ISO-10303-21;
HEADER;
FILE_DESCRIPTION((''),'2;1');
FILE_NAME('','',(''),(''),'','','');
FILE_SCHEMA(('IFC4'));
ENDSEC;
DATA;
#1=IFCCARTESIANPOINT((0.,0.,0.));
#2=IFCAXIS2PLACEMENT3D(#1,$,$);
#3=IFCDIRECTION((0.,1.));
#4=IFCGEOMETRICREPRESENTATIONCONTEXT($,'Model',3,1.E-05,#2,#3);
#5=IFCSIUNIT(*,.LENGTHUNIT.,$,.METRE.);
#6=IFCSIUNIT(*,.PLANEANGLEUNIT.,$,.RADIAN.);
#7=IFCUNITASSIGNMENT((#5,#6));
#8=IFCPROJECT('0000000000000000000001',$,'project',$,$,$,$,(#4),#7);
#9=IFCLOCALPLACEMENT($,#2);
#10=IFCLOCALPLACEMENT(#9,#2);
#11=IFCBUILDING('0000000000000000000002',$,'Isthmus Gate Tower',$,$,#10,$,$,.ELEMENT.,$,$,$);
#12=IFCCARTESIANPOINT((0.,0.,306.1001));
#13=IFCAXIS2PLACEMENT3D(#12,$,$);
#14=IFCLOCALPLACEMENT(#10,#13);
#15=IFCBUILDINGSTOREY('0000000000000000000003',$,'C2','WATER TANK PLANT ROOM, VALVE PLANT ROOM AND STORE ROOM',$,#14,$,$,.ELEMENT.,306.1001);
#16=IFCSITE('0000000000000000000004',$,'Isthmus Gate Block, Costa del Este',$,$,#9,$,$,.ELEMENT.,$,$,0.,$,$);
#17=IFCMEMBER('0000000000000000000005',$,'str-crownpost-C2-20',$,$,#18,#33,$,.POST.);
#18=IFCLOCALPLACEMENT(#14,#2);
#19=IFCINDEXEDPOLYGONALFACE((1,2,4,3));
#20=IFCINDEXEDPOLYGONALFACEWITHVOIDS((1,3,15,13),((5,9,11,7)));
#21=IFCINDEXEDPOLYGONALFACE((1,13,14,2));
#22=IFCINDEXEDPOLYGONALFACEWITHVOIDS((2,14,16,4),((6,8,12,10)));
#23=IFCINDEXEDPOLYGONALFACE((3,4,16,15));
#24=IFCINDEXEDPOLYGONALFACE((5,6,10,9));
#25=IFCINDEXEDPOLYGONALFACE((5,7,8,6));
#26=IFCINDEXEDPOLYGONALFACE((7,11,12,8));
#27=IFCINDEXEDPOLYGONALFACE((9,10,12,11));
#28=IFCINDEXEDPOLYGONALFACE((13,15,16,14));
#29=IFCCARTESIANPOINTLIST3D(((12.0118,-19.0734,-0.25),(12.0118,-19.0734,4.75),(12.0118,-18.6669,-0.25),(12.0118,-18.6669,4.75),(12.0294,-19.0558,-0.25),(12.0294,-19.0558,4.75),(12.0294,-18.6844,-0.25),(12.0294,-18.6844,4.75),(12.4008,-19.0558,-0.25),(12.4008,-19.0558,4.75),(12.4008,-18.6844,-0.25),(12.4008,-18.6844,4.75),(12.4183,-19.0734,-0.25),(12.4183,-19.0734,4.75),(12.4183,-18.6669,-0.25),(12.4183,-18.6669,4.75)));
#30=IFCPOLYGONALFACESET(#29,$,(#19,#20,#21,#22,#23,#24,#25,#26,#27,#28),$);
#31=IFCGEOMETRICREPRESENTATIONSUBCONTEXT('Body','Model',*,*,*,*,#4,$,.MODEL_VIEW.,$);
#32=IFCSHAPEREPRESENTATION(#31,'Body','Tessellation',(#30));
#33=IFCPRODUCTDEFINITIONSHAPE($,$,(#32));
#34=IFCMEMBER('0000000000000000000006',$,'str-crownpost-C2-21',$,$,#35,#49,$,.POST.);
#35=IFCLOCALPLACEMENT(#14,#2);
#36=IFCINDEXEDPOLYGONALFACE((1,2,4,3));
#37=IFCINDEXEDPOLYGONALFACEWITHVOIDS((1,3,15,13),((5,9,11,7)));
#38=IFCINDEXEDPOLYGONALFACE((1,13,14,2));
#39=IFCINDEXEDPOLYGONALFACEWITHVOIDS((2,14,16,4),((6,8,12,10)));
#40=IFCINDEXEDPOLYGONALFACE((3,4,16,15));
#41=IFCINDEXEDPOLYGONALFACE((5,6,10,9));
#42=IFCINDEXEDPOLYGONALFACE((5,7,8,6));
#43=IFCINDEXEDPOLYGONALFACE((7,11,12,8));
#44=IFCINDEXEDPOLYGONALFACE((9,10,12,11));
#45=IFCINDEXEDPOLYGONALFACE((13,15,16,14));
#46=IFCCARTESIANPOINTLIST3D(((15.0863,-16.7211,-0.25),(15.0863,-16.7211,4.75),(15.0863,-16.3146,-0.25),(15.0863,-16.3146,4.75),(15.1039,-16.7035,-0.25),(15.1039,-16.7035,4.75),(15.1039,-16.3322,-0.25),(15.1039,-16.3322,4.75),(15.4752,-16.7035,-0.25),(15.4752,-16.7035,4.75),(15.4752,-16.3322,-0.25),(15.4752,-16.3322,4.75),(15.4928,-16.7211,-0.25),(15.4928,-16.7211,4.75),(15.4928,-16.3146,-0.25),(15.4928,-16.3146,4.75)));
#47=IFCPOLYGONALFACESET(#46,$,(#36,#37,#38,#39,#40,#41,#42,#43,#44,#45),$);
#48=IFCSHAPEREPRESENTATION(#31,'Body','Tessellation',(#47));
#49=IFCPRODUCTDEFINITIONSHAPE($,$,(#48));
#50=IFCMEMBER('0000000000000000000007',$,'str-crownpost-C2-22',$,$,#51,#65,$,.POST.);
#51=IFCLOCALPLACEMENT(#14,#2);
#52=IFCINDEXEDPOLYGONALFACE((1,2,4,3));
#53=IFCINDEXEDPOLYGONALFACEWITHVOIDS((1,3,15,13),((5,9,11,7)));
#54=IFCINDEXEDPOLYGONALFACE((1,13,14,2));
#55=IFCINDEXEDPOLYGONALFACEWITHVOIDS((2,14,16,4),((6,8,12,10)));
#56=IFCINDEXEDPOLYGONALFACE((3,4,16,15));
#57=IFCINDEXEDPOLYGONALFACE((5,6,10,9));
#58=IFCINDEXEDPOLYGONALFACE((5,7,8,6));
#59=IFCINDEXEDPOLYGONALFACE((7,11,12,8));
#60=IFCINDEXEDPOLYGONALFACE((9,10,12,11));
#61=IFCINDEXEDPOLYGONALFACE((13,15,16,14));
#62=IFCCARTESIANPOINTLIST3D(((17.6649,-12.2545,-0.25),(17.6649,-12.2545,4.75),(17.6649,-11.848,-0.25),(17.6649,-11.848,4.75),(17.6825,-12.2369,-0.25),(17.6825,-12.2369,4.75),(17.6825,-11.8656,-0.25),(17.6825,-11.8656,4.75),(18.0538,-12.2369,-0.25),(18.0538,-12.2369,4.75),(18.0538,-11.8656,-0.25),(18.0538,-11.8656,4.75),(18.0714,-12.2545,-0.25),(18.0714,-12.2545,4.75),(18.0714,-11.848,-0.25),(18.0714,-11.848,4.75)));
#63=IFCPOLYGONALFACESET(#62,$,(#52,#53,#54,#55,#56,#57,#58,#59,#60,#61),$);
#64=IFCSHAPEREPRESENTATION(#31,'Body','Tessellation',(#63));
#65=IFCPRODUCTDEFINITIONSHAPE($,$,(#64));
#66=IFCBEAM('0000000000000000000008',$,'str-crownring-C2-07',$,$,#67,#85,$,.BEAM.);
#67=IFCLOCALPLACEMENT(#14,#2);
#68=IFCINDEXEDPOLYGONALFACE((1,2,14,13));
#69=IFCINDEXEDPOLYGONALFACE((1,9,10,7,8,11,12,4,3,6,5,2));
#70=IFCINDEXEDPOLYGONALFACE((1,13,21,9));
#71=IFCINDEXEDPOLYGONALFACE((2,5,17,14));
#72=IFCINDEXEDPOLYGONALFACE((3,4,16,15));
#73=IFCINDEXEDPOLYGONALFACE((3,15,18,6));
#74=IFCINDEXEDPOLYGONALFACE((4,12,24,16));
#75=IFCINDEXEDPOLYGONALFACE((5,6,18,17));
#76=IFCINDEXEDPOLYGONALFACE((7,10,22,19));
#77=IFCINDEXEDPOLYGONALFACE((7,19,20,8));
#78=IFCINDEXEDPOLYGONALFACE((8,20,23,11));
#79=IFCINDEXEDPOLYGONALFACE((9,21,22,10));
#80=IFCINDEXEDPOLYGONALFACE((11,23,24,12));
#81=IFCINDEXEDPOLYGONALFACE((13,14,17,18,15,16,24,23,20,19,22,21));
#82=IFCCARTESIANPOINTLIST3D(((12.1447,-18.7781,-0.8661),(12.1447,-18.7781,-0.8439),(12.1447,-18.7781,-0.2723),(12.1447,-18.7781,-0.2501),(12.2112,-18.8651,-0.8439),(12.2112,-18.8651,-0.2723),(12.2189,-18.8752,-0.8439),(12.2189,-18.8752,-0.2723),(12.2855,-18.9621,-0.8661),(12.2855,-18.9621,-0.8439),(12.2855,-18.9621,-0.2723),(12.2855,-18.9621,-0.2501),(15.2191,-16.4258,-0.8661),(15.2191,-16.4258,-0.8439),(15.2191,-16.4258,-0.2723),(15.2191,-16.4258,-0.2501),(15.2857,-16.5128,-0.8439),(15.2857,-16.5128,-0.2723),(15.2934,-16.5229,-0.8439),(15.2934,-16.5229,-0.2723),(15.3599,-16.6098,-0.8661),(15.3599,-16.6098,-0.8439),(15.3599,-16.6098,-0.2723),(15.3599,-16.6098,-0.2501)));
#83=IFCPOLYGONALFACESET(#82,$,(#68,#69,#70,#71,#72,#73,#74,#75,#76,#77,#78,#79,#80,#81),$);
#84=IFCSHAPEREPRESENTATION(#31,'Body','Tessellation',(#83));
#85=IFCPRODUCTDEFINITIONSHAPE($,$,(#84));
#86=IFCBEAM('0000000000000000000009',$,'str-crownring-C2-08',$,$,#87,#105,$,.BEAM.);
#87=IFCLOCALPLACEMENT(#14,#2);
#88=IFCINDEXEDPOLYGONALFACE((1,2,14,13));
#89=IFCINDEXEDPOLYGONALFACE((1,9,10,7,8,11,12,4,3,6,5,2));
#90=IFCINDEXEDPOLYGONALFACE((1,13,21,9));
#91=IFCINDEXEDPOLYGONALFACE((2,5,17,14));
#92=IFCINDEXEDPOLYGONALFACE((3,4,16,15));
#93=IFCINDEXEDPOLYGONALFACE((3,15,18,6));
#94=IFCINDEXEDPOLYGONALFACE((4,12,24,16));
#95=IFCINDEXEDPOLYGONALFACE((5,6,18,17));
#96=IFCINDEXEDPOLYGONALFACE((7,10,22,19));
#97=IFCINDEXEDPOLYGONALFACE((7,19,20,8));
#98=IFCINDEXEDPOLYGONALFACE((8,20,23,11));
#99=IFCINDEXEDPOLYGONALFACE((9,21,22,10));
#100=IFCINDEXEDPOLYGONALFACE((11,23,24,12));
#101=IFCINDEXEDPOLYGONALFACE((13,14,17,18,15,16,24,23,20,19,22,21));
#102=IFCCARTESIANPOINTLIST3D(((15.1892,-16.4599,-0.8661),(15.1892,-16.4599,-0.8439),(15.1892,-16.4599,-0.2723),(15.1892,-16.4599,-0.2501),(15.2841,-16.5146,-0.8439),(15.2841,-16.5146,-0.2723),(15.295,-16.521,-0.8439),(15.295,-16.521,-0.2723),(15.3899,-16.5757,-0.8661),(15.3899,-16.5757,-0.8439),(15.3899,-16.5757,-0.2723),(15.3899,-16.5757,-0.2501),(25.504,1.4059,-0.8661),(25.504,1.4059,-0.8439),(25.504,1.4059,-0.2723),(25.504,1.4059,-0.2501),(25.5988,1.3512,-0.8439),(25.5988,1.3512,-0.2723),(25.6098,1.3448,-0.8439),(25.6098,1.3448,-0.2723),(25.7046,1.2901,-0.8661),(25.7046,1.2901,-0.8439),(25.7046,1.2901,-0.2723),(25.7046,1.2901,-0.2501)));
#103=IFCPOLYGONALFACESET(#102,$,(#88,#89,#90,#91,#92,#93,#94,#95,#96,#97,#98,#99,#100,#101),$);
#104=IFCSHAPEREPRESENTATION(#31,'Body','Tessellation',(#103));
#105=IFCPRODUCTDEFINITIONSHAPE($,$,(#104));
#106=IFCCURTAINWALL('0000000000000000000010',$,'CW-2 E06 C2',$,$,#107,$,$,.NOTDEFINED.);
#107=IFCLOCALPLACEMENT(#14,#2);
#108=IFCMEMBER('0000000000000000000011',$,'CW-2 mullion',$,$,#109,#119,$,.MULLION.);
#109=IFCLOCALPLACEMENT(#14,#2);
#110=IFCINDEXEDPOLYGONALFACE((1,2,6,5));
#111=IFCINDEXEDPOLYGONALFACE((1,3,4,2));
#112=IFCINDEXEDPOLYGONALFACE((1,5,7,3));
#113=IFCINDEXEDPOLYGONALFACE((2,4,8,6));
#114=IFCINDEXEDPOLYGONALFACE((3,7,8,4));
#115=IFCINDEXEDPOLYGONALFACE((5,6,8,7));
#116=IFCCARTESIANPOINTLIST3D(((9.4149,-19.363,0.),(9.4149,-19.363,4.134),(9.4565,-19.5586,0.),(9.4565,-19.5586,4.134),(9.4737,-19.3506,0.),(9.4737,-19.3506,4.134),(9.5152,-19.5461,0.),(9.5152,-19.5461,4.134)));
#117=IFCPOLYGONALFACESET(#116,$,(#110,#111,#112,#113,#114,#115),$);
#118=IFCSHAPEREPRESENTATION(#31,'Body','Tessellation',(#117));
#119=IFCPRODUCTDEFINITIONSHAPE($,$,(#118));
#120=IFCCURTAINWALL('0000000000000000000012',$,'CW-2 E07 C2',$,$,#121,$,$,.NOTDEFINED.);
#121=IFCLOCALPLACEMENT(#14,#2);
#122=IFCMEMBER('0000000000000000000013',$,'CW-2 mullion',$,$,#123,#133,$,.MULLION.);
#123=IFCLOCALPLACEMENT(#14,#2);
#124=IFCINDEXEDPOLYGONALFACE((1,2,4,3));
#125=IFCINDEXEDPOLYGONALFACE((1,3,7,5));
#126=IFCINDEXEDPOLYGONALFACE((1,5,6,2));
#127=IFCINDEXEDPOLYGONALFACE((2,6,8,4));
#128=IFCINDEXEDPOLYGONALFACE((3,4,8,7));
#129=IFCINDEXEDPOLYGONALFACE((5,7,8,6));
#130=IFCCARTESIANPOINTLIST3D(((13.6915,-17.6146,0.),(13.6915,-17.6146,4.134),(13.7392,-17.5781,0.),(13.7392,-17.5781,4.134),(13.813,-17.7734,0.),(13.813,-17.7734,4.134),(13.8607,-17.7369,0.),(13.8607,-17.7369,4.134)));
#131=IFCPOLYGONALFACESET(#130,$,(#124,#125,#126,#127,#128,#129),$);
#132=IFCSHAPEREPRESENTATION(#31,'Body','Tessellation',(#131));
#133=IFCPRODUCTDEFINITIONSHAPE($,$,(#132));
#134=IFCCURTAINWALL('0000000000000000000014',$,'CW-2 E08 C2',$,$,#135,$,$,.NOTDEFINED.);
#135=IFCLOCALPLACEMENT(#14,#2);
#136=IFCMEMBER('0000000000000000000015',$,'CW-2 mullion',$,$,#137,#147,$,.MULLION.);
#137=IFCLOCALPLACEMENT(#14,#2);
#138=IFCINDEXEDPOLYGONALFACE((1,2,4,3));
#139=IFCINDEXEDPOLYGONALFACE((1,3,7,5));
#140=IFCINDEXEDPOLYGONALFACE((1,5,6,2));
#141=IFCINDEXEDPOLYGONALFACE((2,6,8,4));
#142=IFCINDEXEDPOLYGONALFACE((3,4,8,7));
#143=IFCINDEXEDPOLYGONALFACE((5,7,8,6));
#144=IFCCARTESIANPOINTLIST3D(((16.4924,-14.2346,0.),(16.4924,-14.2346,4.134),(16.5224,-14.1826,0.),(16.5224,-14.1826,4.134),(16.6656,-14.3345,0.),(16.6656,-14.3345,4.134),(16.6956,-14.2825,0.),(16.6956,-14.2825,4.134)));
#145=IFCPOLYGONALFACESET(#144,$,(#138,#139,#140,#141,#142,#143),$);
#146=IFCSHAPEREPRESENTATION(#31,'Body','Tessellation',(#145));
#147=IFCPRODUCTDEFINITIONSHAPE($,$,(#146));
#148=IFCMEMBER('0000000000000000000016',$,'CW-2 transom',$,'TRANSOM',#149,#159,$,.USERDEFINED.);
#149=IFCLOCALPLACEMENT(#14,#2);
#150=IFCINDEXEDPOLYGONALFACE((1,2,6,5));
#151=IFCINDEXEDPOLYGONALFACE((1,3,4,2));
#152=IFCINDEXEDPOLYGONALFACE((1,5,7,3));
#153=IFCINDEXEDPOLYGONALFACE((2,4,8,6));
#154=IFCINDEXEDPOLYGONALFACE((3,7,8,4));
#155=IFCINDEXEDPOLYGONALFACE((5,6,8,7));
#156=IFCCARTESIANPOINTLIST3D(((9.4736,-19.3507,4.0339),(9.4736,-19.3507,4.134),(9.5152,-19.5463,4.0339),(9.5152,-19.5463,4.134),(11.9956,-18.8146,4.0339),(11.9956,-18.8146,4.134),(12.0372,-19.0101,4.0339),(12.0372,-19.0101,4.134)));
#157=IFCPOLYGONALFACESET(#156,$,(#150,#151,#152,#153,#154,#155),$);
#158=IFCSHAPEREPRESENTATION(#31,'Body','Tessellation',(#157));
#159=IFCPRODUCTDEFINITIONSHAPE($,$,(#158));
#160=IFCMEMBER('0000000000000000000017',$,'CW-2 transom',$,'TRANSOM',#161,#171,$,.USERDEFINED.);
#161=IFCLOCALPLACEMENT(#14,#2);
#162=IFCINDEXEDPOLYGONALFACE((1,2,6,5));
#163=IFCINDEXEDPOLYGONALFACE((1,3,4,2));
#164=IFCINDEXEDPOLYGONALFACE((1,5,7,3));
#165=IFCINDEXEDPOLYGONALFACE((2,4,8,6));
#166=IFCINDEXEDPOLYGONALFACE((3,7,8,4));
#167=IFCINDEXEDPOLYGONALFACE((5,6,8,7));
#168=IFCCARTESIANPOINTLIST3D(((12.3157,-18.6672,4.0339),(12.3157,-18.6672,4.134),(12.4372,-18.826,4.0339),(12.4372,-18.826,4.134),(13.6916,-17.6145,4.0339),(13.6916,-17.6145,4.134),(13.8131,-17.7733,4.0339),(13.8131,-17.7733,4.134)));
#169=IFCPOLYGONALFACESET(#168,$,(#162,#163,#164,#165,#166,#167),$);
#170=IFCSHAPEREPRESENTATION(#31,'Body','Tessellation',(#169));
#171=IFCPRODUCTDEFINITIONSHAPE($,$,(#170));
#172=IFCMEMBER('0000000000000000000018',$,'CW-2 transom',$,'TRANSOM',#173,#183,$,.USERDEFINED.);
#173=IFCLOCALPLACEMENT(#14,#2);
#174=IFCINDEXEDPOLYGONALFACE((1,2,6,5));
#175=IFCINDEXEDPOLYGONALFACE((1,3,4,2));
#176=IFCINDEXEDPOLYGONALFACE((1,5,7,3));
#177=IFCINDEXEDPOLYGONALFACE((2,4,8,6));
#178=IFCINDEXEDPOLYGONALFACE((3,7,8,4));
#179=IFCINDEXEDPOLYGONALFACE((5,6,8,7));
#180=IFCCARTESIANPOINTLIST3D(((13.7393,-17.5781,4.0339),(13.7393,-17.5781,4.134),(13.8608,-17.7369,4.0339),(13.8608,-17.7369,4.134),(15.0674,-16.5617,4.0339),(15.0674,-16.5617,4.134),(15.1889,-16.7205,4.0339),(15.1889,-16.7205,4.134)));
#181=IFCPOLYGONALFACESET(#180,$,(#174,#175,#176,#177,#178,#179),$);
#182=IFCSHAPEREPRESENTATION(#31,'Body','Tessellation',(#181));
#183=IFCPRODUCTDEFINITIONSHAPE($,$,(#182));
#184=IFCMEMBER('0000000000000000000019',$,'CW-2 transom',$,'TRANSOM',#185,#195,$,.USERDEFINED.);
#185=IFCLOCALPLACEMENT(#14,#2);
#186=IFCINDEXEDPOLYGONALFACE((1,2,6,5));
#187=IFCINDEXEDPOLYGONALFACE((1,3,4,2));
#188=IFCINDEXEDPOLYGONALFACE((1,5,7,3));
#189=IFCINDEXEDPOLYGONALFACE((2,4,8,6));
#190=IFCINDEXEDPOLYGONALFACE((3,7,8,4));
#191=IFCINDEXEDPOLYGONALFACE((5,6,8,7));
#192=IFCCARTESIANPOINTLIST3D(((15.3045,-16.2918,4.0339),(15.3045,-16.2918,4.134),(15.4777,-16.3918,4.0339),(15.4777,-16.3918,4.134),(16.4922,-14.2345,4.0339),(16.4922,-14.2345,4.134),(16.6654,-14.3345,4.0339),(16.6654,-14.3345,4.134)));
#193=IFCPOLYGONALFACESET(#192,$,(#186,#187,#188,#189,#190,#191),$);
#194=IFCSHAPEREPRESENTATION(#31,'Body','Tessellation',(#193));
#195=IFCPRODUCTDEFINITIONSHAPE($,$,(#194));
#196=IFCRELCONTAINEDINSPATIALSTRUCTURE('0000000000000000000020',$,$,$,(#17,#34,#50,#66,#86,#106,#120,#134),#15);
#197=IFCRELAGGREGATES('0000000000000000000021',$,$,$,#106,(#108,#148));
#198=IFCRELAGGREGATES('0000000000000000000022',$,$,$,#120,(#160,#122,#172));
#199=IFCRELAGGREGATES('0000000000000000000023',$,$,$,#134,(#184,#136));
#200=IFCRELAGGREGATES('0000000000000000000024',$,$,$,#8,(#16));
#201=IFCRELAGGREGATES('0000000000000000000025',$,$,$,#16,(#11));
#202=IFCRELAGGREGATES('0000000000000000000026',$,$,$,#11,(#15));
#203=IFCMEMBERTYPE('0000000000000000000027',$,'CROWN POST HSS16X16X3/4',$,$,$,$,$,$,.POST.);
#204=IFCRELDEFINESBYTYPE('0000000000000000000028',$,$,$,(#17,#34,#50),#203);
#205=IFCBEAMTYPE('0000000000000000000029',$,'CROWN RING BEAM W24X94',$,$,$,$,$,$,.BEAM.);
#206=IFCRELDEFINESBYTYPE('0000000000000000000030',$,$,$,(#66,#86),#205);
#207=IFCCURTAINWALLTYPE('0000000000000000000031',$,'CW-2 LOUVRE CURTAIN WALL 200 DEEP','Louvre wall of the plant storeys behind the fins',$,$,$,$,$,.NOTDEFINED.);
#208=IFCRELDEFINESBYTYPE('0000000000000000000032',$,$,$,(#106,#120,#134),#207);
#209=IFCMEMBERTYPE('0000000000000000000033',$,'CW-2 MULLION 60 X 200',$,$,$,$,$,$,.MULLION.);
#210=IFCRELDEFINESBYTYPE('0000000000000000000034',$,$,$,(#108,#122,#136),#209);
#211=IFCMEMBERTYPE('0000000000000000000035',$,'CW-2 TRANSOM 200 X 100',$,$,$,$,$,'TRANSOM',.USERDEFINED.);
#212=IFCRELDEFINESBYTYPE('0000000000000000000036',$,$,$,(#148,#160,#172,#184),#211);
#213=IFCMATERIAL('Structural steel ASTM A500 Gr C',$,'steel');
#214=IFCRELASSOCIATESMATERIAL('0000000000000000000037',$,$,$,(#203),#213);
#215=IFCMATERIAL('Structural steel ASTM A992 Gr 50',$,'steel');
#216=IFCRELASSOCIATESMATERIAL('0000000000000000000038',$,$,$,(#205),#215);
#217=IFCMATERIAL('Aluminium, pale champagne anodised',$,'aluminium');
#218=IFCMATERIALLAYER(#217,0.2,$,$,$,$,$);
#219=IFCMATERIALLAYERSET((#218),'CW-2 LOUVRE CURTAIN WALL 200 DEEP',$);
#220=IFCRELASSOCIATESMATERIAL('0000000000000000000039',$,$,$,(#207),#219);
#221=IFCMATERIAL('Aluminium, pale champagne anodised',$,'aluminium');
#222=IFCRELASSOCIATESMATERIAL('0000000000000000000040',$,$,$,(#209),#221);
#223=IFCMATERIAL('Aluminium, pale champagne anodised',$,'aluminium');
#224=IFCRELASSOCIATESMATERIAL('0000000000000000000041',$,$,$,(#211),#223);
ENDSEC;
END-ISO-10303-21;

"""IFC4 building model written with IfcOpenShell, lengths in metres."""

from ifc_helpers import new_model, si_unit, direction, frame, origin, origin_2d, place, context, subcontext, project, spatial, rectangle, hollow_rectangle, i_section, extrude, material, layer, layer_set, material_profile, profile_set, type_object, element, aggregate, save


model = new_model("IFC4")

# Units and contexts
model_context = context("Model", 3, precision=1e-05, world=origin(), true_north=direction((0.0, 1.0)))
body_context = subcontext(model_context, "Body", "Model", "MODEL_VIEW")
ifc_project = project(units=[si_unit("LENGTHUNIT", "METRE"), si_unit("PLANEANGLEUNIT", "RADIAN")], contexts=[model_context])

# Site, building, storey
site_placement = place(None, origin())
site = spatial("IfcSite", under=ifc_project, at=site_placement, Name="Isthmus Gate Block, Costa del Este", CompositionType="ELEMENT", RefElevation=0.0)
building_placement = place(site_placement, origin())
building = spatial("IfcBuilding", under=site, at=building_placement, Name="Isthmus Gate Tower", CompositionType="ELEMENT")
storey_placement = place(building_placement, frame((0.0, 0.0, 306.1001)))
storey = spatial("IfcBuildingStorey", under=building, at=storey_placement, Name="C2", Description="WATER TANK PLANT ROOM, VALVE PLANT ROOM AND STORE ROOM", CompositionType="ELEMENT", Elevation=306.1001)

# Members
ifc_material_1 = material(Name="Structural steel ASTM A500 Gr C", Category="steel")
ifc_material_profile_1 = material_profile(ifc_material_1, hollow_rectangle(XDim=0.4065, YDim=0.4065, WallThickness=0.0176, at=origin_2d()), Name="HSS16X16X3/4")
ifc_profile_set_1 = profile_set([ifc_material_profile_1], Name="Structural steel ASTM A500 Gr C")
member_type_1 = type_object("IfcMemberType", Name="CROWN POST HSS16X16X3/4", PredefinedType="POST", material=ifc_profile_set_1)
for number, where, z_axis, x_axis, name in (
    (1, (12.2151, -18.8701, -0.25), (0.0, 0.0, 1.0), (1.0, 0.0, 0.0), "str-crownpost-C2-20"),
    (2, (15.2896, -16.5178, -0.25), (0.0, 0.0, 1.0), (1.0, 0.0, 0.0), "str-crownpost-C2-21"),
    (3, (17.8682, -12.0513, -0.25), (0.0, 0.0, 1.0), (1.0, 0.0, 0.0), "str-crownpost-C2-22"),
):
    element("IfcMember", number, at=place(storey_placement, frame(where, z_axis=z_axis, x_axis=x_axis)), inside=storey, type_object=member_type_1, Name=name, PredefinedType="POST", context=body_context, shape_type="SweptSolid", body=[
        extrude(hollow_rectangle(XDim=0.4065, YDim=0.4065, WallThickness=0.0176, at=origin_2d()), origin(), (0.0, 0.0, 1.0), 5.0),
    ])

# Beams
ifc_material_2 = material(Name="Structural steel ASTM A992 Gr 50", Category="steel")
ifc_material_profile_2 = material_profile(ifc_material_2, i_section(OverallWidth=0.2317, OverallDepth=0.616, WebThickness=0.0127, FlangeThickness=0.0222, at=origin_2d()), Name="W24X94")
ifc_profile_set_2 = profile_set([ifc_material_profile_2], Name="Structural steel ASTM A992 Gr 50")
beam_type = type_object("IfcBeamType", Name="CROWN RING BEAM W24X94", PredefinedType="BEAM", material=ifc_profile_set_2)
beam_1_placement = place(storey_placement, frame((12.2151, -18.8701, -0.5581), z_axis=(0.794204, 0.607651, 0.0), x_axis=(-0.607651, 0.794204, 0.0)))
element("IfcBeam", 4, at=beam_1_placement, inside=storey, type_object=beam_type, Name="str-crownring-C2-07", PredefinedType="BEAM", context=body_context, shape_type="SweptSolid", body=[
    extrude(i_section(OverallWidth=0.2317, OverallDepth=0.616, WebThickness=0.0127, FlangeThickness=0.0222, at=origin_2d()), origin(), (0.0, 0.0, 1.0), 3.8711),
])
beam_2_placement = place(storey_placement, frame((15.2896, -16.5178, -0.5581), z_axis=(0.499997, 0.866027, 0.0), x_axis=(-0.866027, 0.499997, 0.0)))
element("IfcBeam", 5, at=beam_2_placement, inside=storey, type_object=beam_type, Name="str-crownring-C2-08", PredefinedType="BEAM", context=body_context, shape_type="SweptSolid", body=[
    extrude(i_section(OverallWidth=0.2317, OverallDepth=0.616, WebThickness=0.0127, FlangeThickness=0.0222, at=origin_2d()), origin(), (0.0, 0.0, 1.0), 20.6296),
])

# Curtain walls, members
ifc_material_3 = material(Name="Aluminium, pale champagne anodised", Category="aluminium")
ifc_layer_1 = layer(ifc_material_3, 0.2)
ifc_layer_set_1 = layer_set([ifc_layer_1], Name="CW-2 LOUVRE CURTAIN WALL 200 DEEP")
curtain_wall_type = type_object("IfcCurtainWallType", Name="CW-2 LOUVRE CURTAIN WALL 200 DEEP", Description="Louvre wall of the plant storeys behind the fins", PredefinedType="NOTDEFINED", material=ifc_layer_set_1)
curtain_wall_1_placement = place(storey_placement, origin())
curtain_wall_1 = element("IfcCurtainWall", 6, at=curtain_wall_1_placement, inside=storey, type_object=curtain_wall_type, Name="CW-2 E06 C2", PredefinedType="NOTDEFINED")
ifc_material_4 = material(Name="Aluminium, pale champagne anodised", Category="aluminium")
ifc_material_profile_3 = material_profile(ifc_material_4, rectangle(XDim=0.0601, YDim=0.2, at=origin_2d()), Name="60x200")
ifc_profile_set_3 = profile_set([ifc_material_profile_3], Name="Aluminium, pale champagne anodised")
member_type_2 = type_object("IfcMemberType", Name="CW-2 MULLION 60 X 200", PredefinedType="MULLION", material=ifc_profile_set_3)
member_1_placement = place(storey_placement, frame((9.4651, -19.4546, 0.0), z_axis=(0.0, 0.0, 1.0), x_axis=(0.978148, 0.207912, 0.0)))
member_1 = element("IfcMember", 7, at=member_1_placement, type_object=member_type_2, Name="CW-2 mullion", PredefinedType="MULLION", context=body_context, shape_type="SweptSolid", body=[
    extrude(rectangle(XDim=0.0601, YDim=0.2, at=origin_2d()), origin(), (0.0, 0.0, 1.0), 4.134),
])
curtain_wall_2_placement = place(storey_placement, origin())
curtain_wall_2 = element("IfcCurtainWall", 8, at=curtain_wall_2_placement, inside=storey, type_object=curtain_wall_type, Name="CW-2 E07 C2", PredefinedType="NOTDEFINED")
member_2_placement = place(storey_placement, frame((13.7761, -17.6758, 0.0), z_axis=(0.0, 0.0, 1.0), x_axis=(0.794189, 0.607671, 0.0)))
member_2 = element("IfcMember", 9, at=member_2_placement, type_object=member_type_2, Name="CW-2 mullion", PredefinedType="MULLION", context=body_context, shape_type="SweptSolid", body=[
    extrude(rectangle(XDim=0.0601, YDim=0.2, at=origin_2d()), origin(), (0.0, 0.0, 1.0), 4.134),
])
curtain_wall_3_placement = place(storey_placement, origin())
curtain_wall_3 = element("IfcCurtainWall", 10, at=curtain_wall_3_placement, inside=storey, type_object=curtain_wall_type, Name="CW-2 E08 C2", PredefinedType="NOTDEFINED")
member_3_placement = place(storey_placement, frame((16.594, -14.2585, 0.0), z_axis=(0.0, 0.0, 1.0), x_axis=(0.5, 0.866025, 0.0)))
member_3 = element("IfcMember", 11, at=member_3_placement, type_object=member_type_2, Name="CW-2 mullion", PredefinedType="MULLION", context=body_context, shape_type="SweptSolid", body=[
    extrude(rectangle(XDim=0.0601, YDim=0.2, at=origin_2d()), origin(), (0.0, 0.0, 1.0), 4.134),
])

# Members
ifc_material_5 = material(Name="Aluminium, pale champagne anodised", Category="aluminium")
ifc_material_profile_4 = material_profile(ifc_material_5, rectangle(XDim=0.2, YDim=0.1001, at=origin_2d()), Name="200x100")
ifc_profile_set_4 = profile_set([ifc_material_profile_4], Name="Aluminium, pale champagne anodised")
member_type_3 = type_object("IfcMemberType", Name="CW-2 TRANSOM 200 X 100", ElementType="TRANSOM", PredefinedType="USERDEFINED", material=ifc_profile_set_4)
member_4_placement = place(storey_placement, frame((9.4944, -19.4485, 4.084), z_axis=(0.978142, 0.207938, 0.0), x_axis=(-0.207938, 0.978142, 0.0)))
member_4 = element("IfcMember", 12, at=member_4_placement, type_object=member_type_3, Name="CW-2 transom", ObjectType="TRANSOM", PredefinedType="USERDEFINED", context=body_context, shape_type="SweptSolid", body=[
    extrude(rectangle(XDim=0.2, YDim=0.1001, at=origin_2d()), origin(), (0.0, 0.0, 1.0), 2.5784),
])
member_5_placement = place(storey_placement, frame((12.3765, -18.7466, 4.084), z_axis=(0.794214, 0.607638, 0.0), x_axis=(-0.607638, 0.794214, 0.0)))
member_5 = element("IfcMember", 13, at=member_5_placement, type_object=member_type_3, Name="CW-2 transom", ObjectType="TRANSOM", PredefinedType="USERDEFINED", context=body_context, shape_type="SweptSolid", body=[
    extrude(rectangle(XDim=0.2, YDim=0.1001, at=origin_2d()), origin(), (0.0, 0.0, 1.0), 1.7324),
])
member_6_placement = place(storey_placement, frame((13.8, -17.6575, 4.084), z_axis=(0.794146, 0.607726, 0.0), x_axis=(-0.607726, 0.794146, 0.0)))
member_6 = element("IfcMember", 14, at=member_6_placement, type_object=member_type_3, Name="CW-2 transom", ObjectType="TRANSOM", PredefinedType="USERDEFINED", context=body_context, shape_type="SweptSolid", body=[
    extrude(rectangle(XDim=0.2, YDim=0.1001, at=origin_2d()), origin(), (0.0, 0.0, 1.0), 1.6724),
])
member_7_placement = place(storey_placement, frame((15.3911, -16.3418, 4.084), z_axis=(0.499975, 0.86604, 0.0), x_axis=(-0.86604, 0.499975, 0.0)))
member_7 = element("IfcMember", 15, at=member_7_placement, type_object=member_type_3, Name="CW-2 transom", ObjectType="TRANSOM", PredefinedType="USERDEFINED", context=body_context, shape_type="SweptSolid", body=[
    extrude(rectangle(XDim=0.2, YDim=0.1001, at=origin_2d()), origin(), (0.0, 0.0, 1.0), 2.3755),
])

aggregate(curtain_wall_1, [member_1, member_4])
aggregate(curtain_wall_2, [member_5, member_2, member_6])
aggregate(curtain_wall_3, [member_7, member_3])

save(model, "model.ifc")
